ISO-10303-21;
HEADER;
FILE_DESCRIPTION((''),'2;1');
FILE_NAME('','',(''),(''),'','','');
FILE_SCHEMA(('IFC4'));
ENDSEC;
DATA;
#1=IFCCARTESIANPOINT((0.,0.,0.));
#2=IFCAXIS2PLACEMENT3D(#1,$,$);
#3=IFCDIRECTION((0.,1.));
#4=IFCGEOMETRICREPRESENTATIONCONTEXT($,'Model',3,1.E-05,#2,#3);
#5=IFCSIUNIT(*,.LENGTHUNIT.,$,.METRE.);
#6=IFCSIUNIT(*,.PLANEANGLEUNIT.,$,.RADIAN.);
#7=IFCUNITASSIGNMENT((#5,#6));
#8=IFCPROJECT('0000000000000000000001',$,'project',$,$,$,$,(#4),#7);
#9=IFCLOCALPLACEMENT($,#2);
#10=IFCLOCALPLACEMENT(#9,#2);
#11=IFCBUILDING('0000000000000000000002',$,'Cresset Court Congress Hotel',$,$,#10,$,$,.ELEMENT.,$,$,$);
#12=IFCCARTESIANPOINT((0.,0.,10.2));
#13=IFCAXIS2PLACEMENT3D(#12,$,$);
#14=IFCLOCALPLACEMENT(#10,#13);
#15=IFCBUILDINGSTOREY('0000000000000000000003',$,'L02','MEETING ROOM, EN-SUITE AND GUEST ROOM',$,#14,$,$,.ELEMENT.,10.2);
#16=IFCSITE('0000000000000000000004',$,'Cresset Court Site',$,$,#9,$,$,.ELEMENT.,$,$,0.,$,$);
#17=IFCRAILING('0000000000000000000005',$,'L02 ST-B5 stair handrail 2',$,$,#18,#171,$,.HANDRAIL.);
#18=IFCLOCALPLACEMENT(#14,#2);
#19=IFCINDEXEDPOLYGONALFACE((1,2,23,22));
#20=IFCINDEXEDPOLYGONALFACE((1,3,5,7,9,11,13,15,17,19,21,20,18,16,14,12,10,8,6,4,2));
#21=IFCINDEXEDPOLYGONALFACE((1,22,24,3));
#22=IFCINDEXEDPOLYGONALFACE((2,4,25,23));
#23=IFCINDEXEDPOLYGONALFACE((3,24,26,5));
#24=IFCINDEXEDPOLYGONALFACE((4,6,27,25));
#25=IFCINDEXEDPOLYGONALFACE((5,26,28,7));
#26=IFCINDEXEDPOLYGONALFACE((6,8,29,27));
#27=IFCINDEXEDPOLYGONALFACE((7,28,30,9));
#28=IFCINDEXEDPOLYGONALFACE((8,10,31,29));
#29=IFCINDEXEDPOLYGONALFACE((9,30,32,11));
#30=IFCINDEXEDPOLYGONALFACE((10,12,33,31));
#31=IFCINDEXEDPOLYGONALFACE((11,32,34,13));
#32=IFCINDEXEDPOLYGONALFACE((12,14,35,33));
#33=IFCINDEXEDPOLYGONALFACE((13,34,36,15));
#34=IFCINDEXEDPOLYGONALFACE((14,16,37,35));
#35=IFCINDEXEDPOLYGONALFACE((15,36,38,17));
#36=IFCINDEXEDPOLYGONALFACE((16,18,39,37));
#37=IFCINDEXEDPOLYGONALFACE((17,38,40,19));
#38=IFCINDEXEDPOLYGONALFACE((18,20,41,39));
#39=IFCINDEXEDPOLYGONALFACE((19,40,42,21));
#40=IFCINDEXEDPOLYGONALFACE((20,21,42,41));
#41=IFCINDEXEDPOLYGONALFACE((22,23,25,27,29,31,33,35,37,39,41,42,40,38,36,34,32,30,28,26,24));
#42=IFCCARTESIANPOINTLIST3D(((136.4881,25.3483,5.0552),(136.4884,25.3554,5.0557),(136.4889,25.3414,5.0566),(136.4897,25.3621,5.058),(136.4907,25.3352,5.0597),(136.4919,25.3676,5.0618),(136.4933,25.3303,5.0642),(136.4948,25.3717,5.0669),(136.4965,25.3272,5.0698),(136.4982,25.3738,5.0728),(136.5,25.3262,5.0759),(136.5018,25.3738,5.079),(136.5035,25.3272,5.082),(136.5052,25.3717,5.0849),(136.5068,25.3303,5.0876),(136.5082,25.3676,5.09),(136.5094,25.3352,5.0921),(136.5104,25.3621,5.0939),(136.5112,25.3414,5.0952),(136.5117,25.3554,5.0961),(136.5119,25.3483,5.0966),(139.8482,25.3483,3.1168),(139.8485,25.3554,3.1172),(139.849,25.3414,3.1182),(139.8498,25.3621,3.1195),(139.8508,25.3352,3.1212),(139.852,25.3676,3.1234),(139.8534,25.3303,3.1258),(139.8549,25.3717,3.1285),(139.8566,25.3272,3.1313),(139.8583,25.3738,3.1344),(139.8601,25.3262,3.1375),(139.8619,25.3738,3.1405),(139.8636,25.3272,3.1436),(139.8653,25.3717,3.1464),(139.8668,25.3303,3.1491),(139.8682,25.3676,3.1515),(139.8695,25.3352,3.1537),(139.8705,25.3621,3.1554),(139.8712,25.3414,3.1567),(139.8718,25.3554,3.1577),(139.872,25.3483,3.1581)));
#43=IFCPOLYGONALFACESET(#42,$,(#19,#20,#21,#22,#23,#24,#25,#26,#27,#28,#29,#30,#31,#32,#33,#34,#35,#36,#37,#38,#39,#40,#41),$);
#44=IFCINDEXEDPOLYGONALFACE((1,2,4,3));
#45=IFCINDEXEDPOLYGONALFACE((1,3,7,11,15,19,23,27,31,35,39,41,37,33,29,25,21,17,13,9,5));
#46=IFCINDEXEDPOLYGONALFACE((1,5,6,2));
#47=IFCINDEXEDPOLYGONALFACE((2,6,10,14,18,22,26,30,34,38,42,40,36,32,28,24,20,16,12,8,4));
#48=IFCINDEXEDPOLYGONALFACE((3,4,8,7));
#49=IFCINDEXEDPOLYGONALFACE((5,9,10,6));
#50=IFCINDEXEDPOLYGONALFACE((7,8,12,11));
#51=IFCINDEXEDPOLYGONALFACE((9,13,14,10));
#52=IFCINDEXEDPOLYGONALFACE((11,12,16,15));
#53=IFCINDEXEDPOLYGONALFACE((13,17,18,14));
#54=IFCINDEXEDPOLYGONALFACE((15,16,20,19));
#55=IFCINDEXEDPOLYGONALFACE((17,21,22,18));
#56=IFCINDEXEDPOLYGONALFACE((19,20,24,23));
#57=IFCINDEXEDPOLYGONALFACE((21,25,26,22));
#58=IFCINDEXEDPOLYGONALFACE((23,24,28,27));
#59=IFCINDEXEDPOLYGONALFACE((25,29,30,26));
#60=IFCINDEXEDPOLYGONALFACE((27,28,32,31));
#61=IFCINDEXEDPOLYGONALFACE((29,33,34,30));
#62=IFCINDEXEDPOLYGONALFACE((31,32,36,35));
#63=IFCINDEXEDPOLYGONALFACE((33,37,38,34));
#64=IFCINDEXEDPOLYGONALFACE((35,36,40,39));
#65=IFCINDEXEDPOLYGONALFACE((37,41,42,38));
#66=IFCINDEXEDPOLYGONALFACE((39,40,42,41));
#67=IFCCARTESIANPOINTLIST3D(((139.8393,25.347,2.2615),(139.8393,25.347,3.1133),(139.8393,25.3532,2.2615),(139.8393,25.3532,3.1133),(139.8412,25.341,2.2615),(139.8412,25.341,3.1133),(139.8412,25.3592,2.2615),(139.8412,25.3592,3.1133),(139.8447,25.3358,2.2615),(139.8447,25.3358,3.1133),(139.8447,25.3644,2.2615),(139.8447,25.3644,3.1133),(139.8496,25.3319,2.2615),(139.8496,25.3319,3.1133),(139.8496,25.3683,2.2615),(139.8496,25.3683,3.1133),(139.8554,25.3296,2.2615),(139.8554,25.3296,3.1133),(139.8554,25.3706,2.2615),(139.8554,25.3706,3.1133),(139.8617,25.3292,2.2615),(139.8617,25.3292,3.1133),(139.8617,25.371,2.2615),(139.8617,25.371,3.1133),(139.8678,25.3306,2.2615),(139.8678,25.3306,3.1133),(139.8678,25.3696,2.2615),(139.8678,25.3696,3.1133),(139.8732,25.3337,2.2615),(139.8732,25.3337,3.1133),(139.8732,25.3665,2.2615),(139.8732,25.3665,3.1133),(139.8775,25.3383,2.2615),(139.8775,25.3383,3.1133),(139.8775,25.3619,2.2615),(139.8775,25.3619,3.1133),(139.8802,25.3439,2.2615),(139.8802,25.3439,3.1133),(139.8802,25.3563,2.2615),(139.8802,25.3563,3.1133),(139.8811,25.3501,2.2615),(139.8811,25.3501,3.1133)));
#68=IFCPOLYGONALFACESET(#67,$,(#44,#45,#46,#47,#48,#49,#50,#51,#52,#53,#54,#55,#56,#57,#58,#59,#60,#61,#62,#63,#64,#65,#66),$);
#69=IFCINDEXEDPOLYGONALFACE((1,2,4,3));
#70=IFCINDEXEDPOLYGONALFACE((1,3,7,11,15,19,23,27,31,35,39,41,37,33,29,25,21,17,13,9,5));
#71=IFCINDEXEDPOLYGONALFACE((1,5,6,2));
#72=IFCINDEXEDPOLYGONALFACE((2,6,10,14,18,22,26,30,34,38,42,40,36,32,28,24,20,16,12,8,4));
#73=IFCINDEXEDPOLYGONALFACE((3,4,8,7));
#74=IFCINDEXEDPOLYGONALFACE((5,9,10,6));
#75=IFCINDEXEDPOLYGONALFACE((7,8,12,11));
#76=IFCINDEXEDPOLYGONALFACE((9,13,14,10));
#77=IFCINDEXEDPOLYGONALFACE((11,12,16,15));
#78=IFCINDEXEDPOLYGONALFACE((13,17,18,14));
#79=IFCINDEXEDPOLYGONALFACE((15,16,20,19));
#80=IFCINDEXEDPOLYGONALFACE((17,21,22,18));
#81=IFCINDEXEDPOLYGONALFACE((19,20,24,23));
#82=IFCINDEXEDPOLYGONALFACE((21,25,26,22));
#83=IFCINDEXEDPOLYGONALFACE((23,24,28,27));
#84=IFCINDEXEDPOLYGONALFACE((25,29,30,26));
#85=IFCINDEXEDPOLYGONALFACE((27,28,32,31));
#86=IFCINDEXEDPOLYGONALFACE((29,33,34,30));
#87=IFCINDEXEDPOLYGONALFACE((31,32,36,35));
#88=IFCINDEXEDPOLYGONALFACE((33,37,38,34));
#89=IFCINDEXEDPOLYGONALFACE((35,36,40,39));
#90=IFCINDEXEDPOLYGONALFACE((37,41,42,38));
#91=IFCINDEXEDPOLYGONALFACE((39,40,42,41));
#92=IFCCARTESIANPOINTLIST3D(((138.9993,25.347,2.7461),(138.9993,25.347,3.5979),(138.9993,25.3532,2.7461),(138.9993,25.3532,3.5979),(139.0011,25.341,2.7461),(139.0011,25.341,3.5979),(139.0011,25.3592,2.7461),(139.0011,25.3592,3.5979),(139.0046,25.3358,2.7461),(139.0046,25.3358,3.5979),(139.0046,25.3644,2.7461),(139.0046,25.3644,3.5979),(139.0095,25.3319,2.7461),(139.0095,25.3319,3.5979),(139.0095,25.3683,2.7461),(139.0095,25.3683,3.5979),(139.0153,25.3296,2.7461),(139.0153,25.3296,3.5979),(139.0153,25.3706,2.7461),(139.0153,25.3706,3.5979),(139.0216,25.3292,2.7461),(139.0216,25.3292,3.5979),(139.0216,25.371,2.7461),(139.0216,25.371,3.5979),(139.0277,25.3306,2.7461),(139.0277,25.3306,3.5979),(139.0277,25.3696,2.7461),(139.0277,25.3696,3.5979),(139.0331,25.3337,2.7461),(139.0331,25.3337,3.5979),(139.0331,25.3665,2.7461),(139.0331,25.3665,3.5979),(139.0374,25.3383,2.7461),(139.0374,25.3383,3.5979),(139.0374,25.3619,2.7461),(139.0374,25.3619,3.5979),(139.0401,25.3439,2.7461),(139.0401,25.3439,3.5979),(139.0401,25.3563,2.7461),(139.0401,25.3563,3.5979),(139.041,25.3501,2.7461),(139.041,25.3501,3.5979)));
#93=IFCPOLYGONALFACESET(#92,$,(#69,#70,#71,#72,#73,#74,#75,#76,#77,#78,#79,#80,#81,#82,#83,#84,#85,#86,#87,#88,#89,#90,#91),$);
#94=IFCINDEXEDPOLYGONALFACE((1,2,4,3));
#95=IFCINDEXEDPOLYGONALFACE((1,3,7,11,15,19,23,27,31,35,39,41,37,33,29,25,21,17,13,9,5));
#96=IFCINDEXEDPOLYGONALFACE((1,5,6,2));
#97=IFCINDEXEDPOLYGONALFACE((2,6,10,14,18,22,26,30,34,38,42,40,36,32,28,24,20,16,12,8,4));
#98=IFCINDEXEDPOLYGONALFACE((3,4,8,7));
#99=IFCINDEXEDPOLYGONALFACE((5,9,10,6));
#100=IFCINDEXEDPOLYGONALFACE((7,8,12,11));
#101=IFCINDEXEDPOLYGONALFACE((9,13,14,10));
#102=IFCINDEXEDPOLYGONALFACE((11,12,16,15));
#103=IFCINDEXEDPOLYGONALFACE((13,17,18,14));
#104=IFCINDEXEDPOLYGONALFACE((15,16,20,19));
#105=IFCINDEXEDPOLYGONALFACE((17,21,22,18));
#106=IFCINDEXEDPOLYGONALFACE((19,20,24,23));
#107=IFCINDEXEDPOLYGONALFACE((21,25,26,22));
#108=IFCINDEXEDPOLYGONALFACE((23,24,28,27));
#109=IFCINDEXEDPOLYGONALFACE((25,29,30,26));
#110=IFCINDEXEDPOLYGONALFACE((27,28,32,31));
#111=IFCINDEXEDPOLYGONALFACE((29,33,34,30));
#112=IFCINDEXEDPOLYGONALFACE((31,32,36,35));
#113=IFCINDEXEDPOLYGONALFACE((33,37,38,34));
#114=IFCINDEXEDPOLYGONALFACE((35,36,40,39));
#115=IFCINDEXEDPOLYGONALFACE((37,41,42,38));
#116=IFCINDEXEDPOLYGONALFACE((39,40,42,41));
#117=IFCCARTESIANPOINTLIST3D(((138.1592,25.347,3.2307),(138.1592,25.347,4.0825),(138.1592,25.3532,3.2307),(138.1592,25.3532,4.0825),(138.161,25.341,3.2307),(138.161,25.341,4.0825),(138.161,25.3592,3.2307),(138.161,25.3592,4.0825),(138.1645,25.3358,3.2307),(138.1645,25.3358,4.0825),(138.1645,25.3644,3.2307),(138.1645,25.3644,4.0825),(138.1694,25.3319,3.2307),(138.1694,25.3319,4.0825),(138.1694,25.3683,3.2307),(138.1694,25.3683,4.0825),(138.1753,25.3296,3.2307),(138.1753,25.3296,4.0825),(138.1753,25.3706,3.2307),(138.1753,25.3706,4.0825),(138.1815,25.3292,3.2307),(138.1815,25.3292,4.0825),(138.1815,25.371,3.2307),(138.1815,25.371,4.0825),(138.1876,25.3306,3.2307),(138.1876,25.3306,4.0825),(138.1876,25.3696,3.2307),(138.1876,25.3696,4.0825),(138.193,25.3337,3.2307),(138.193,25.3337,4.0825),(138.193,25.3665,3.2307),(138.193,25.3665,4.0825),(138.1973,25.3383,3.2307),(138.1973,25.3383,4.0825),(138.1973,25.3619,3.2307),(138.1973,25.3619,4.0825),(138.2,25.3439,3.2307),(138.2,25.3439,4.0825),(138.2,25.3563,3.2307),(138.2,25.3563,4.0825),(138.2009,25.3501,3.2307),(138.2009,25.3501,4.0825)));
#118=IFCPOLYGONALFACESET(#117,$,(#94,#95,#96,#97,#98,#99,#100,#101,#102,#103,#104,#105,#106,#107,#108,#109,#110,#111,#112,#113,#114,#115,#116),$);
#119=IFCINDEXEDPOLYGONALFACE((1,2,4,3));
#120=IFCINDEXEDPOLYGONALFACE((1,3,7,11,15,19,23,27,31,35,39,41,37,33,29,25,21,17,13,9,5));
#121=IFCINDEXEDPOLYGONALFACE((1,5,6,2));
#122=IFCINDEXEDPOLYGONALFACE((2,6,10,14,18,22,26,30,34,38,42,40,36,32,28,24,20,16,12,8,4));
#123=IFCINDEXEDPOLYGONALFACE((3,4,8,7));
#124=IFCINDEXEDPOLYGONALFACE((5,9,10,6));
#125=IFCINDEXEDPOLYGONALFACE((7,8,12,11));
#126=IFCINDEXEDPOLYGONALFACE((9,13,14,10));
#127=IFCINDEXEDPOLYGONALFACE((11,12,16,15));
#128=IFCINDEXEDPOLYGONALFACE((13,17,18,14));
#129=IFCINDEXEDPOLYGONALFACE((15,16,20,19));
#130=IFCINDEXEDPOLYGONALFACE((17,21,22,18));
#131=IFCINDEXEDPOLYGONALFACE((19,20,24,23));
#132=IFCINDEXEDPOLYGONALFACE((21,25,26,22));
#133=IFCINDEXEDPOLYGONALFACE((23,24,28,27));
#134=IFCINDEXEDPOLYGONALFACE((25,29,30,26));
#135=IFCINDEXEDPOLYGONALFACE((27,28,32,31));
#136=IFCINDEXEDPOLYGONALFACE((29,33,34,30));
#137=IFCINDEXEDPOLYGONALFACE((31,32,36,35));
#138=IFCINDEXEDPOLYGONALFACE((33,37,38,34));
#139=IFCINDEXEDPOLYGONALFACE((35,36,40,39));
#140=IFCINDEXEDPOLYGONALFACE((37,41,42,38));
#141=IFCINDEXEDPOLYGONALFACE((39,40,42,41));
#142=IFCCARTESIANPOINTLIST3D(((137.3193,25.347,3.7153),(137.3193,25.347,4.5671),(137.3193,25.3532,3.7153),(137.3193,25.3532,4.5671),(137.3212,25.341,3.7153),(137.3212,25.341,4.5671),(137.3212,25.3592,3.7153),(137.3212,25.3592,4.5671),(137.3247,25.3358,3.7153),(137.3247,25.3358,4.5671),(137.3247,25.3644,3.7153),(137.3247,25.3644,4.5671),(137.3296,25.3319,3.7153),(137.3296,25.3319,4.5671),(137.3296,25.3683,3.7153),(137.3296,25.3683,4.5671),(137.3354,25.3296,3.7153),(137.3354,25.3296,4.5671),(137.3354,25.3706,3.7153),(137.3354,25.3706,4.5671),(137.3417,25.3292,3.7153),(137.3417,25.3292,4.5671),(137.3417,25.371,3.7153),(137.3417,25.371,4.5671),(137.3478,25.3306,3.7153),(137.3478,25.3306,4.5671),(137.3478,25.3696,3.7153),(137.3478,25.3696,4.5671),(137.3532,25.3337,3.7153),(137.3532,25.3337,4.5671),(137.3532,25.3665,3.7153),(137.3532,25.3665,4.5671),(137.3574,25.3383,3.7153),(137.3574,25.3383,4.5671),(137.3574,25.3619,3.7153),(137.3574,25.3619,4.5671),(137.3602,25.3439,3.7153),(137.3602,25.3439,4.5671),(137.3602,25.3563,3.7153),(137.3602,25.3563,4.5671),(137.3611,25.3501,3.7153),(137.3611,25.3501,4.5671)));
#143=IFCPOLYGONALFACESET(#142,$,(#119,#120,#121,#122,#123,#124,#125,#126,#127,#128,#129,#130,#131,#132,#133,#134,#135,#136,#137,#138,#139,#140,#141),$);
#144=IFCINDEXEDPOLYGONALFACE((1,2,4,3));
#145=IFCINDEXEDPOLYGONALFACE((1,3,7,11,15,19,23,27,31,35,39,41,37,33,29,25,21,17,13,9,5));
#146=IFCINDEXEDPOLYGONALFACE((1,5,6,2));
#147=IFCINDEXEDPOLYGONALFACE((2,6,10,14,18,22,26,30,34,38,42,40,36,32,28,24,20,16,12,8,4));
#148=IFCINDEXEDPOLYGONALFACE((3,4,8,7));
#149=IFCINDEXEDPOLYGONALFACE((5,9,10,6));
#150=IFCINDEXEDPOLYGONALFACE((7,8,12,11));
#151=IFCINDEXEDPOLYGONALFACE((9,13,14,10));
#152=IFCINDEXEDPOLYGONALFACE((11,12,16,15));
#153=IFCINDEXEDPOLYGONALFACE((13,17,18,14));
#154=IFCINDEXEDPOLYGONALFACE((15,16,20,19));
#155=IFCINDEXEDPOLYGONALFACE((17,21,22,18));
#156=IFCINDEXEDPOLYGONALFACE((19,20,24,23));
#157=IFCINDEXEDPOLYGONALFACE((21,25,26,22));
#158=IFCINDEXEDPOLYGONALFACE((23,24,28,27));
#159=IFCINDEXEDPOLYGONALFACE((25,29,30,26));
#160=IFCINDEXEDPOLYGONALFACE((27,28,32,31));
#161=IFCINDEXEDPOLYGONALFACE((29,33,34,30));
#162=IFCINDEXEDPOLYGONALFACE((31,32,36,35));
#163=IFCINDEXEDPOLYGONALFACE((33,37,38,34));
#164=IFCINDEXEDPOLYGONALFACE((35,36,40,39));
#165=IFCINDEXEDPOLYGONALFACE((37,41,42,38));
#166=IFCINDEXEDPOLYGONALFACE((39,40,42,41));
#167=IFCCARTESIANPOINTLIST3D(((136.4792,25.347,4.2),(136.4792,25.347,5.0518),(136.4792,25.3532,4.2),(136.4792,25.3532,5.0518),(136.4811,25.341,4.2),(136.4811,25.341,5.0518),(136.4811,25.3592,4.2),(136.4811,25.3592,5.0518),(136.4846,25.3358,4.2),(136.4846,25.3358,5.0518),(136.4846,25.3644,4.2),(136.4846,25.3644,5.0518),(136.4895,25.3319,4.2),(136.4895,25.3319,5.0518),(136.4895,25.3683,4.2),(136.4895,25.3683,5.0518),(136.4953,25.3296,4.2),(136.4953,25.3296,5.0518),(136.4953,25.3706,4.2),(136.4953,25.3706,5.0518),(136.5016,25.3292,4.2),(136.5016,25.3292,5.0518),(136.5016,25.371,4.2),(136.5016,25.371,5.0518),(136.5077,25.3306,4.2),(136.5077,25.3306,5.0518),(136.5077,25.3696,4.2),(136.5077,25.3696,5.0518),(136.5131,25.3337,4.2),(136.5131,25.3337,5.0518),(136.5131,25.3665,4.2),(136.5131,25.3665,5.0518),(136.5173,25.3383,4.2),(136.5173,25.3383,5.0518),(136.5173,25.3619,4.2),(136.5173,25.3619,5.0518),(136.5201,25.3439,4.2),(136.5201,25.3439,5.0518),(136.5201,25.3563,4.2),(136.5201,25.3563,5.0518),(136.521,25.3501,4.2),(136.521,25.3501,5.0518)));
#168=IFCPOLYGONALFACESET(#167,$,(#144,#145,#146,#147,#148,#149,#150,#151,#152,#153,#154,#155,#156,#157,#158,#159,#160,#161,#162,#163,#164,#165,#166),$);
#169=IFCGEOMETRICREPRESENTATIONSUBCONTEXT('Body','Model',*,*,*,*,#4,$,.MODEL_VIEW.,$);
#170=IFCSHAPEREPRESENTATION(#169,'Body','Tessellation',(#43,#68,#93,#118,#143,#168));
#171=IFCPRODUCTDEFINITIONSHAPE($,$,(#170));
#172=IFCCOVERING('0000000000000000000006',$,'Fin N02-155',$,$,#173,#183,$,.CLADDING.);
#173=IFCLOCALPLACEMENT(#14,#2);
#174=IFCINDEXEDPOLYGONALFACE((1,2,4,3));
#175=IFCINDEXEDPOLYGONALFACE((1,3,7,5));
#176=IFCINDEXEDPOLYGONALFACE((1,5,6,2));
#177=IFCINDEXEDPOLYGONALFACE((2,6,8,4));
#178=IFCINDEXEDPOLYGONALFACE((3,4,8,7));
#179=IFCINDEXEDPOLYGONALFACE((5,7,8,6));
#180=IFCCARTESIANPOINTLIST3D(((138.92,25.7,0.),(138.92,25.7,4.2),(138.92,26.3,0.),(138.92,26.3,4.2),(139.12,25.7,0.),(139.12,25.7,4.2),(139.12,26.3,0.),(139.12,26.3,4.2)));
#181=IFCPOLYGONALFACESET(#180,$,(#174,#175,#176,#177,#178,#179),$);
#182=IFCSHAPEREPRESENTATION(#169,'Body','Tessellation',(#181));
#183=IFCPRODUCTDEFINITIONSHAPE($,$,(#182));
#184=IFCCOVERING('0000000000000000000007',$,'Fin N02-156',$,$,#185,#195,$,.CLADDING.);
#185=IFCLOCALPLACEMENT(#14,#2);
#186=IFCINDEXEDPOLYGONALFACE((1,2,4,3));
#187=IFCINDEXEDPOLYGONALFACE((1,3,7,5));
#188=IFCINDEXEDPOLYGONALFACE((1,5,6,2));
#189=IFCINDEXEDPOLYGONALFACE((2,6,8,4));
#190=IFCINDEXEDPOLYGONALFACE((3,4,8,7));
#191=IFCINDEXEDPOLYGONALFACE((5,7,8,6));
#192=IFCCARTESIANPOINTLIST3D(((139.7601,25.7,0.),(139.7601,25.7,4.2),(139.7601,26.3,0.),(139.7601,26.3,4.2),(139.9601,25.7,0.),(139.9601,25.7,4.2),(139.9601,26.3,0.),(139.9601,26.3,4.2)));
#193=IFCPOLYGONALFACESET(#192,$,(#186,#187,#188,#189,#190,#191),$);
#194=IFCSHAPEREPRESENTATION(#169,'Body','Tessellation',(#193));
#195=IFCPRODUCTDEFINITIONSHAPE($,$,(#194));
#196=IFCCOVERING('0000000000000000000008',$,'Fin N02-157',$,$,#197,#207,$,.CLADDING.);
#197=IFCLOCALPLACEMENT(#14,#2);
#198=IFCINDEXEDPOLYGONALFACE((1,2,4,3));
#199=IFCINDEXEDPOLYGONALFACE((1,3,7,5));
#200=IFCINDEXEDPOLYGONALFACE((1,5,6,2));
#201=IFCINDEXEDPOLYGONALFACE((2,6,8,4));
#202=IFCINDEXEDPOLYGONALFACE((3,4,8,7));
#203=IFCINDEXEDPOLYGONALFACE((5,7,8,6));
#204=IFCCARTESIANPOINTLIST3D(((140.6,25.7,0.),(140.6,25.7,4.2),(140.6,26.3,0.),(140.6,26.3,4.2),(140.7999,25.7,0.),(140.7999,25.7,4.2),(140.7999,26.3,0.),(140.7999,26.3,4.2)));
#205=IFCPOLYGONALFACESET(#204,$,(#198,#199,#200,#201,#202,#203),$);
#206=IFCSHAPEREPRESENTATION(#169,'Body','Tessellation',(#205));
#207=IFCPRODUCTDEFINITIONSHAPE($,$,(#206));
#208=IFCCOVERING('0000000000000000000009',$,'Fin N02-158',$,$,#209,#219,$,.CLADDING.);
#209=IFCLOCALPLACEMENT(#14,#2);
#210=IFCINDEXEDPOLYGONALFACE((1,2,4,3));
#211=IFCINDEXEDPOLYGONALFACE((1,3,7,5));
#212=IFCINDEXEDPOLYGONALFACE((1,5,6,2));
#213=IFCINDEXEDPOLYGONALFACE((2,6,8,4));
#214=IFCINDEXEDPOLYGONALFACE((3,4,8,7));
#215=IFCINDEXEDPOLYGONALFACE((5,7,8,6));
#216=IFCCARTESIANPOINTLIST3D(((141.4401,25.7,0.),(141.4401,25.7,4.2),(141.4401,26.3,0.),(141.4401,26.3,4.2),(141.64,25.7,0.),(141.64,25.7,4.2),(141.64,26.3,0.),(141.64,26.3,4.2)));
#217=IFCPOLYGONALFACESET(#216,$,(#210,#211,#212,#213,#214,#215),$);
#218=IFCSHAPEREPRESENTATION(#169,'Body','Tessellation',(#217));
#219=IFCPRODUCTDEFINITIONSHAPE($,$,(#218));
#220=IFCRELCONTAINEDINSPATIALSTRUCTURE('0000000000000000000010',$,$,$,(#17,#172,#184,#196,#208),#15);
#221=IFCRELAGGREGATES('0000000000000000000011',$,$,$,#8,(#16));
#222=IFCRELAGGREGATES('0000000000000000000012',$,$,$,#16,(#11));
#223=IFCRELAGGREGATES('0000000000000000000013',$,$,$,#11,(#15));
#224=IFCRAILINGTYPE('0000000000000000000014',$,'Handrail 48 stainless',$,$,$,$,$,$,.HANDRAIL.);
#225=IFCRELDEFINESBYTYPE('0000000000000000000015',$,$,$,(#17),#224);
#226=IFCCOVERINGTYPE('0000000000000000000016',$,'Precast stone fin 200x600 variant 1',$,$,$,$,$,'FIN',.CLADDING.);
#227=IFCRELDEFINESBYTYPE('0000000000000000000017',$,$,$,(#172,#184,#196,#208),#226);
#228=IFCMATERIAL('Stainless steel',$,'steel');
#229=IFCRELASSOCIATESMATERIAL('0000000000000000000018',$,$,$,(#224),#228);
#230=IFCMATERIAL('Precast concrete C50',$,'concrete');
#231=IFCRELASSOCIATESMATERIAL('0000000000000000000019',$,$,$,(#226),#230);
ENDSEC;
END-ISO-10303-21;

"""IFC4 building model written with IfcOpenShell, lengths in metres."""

from ifc_helpers import new_model, si_unit, direction, frame, origin, origin_2d, place, context, subcontext, project, spatial, rectangle, circle, extrude, material, type_object, element, save


model = new_model("IFC4")

# Units and contexts
model_context = context("Model", 3, precision=1e-05, world=origin(), true_north=direction((0.0, 1.0)))
body_context = subcontext(model_context, "Body", "Model", "MODEL_VIEW")
ifc_project = project(units=[si_unit("LENGTHUNIT", "METRE"), si_unit("PLANEANGLEUNIT", "RADIAN")], contexts=[model_context])

# Site, building, storey
site_placement = place(None, origin())
site = spatial("IfcSite", under=ifc_project, at=site_placement, Name="Cresset Court Site", CompositionType="ELEMENT", RefElevation=0.0)
building_placement = place(site_placement, origin())
building = spatial("IfcBuilding", under=site, at=building_placement, Name="Cresset Court Congress Hotel", CompositionType="ELEMENT")
storey_placement = place(building_placement, frame((0.0, 0.0, 10.2)))
storey = spatial("IfcBuildingStorey", under=building, at=storey_placement, Name="L02", Description="MEETING ROOM, EN-SUITE AND GUEST ROOM", CompositionType="ELEMENT", Elevation=10.2)

# Railing
ifc_material_1 = material(Name="Stainless steel", Category="steel")
railing_type = type_object("IfcRailingType", Name="Handrail 48 stainless", PredefinedType="HANDRAIL", material=ifc_material_1)
railing_placement = place(storey_placement, frame((139.8601, 25.3501, 2.2615)))
element("IfcRailing", 1, at=railing_placement, inside=storey, type_object=railing_type, Name="L02 ST-B5 stair handrail 2", PredefinedType="HANDRAIL", context=body_context, shape_type="SweptSolid", body=[
    extrude(circle(Radius=0.0239, at=origin_2d()), frame((0.0, 0.0, 0.876), z_axis=(-0.866191, 0.0, 0.499713), x_axis=(0.0, -1.0, 0.0)), (0.0, 0.0, 1.0), 3.8792),
    extrude(circle(Radius=0.021, at=origin_2d()), origin(), (0.0, 0.0, 1.0), 0.8518),
    extrude(circle(Radius=0.021, at=origin_2d()), frame((-0.8401, 0.0, 0.4846)), (0.0, 0.0, 1.0), 0.8518),
    extrude(circle(Radius=0.021, at=origin_2d()), frame((-1.6802, 0.0, 0.9692)), (0.0, 0.0, 1.0), 0.8518),
    extrude(circle(Radius=0.021, at=origin_2d()), frame((-2.52, 0.0, 1.4539)), (0.0, 0.0, 1.0), 0.8518),
    extrude(circle(Radius=0.021, at=origin_2d()), frame((-3.3601, 0.0, 1.9385)), (0.0, 0.0, 1.0), 0.8518),
])

# Coverings
ifc_material_2 = material(Name="Precast concrete C50", Category="concrete")
covering_type_1 = type_object("IfcCoveringType", Name="Precast stone fin 200x600 variant 1", ElementType="FIN", PredefinedType="CLADDING", material=ifc_material_2)
for number, where, z_axis, x_axis, name in (
    (2, (139.02, 26.0, 0.0), (0.0, 0.0, 1.0), (1.0, 0.0, 0.0), "Fin N02-155"),
    (3, (139.8601, 26.0, 0.0), (0.0, 0.0, 1.0), (1.0, 0.0, 0.0), "Fin N02-156"),
    (4, (140.7, 26.0, 0.0), (0.0, 0.0, 1.0), (1.0, 0.0, 0.0), "Fin N02-157"),
    (5, (141.54, 26.0, 0.0), (0.0, 0.0, 1.0), (1.0, 0.0, 0.0), "Fin N02-158"),
):
    element("IfcCovering", number, at=place(storey_placement, frame(where, z_axis=z_axis, x_axis=x_axis)), inside=storey, type_object=covering_type_1, Name=name, PredefinedType="CLADDING", context=body_context, shape_type="SweptSolid", body=[
        extrude(rectangle(XDim=0.2, YDim=0.6001, at=origin_2d()), origin(), (0.0, 0.0, 1.0), 4.2),
    ])

save(model, "model.ifc")
